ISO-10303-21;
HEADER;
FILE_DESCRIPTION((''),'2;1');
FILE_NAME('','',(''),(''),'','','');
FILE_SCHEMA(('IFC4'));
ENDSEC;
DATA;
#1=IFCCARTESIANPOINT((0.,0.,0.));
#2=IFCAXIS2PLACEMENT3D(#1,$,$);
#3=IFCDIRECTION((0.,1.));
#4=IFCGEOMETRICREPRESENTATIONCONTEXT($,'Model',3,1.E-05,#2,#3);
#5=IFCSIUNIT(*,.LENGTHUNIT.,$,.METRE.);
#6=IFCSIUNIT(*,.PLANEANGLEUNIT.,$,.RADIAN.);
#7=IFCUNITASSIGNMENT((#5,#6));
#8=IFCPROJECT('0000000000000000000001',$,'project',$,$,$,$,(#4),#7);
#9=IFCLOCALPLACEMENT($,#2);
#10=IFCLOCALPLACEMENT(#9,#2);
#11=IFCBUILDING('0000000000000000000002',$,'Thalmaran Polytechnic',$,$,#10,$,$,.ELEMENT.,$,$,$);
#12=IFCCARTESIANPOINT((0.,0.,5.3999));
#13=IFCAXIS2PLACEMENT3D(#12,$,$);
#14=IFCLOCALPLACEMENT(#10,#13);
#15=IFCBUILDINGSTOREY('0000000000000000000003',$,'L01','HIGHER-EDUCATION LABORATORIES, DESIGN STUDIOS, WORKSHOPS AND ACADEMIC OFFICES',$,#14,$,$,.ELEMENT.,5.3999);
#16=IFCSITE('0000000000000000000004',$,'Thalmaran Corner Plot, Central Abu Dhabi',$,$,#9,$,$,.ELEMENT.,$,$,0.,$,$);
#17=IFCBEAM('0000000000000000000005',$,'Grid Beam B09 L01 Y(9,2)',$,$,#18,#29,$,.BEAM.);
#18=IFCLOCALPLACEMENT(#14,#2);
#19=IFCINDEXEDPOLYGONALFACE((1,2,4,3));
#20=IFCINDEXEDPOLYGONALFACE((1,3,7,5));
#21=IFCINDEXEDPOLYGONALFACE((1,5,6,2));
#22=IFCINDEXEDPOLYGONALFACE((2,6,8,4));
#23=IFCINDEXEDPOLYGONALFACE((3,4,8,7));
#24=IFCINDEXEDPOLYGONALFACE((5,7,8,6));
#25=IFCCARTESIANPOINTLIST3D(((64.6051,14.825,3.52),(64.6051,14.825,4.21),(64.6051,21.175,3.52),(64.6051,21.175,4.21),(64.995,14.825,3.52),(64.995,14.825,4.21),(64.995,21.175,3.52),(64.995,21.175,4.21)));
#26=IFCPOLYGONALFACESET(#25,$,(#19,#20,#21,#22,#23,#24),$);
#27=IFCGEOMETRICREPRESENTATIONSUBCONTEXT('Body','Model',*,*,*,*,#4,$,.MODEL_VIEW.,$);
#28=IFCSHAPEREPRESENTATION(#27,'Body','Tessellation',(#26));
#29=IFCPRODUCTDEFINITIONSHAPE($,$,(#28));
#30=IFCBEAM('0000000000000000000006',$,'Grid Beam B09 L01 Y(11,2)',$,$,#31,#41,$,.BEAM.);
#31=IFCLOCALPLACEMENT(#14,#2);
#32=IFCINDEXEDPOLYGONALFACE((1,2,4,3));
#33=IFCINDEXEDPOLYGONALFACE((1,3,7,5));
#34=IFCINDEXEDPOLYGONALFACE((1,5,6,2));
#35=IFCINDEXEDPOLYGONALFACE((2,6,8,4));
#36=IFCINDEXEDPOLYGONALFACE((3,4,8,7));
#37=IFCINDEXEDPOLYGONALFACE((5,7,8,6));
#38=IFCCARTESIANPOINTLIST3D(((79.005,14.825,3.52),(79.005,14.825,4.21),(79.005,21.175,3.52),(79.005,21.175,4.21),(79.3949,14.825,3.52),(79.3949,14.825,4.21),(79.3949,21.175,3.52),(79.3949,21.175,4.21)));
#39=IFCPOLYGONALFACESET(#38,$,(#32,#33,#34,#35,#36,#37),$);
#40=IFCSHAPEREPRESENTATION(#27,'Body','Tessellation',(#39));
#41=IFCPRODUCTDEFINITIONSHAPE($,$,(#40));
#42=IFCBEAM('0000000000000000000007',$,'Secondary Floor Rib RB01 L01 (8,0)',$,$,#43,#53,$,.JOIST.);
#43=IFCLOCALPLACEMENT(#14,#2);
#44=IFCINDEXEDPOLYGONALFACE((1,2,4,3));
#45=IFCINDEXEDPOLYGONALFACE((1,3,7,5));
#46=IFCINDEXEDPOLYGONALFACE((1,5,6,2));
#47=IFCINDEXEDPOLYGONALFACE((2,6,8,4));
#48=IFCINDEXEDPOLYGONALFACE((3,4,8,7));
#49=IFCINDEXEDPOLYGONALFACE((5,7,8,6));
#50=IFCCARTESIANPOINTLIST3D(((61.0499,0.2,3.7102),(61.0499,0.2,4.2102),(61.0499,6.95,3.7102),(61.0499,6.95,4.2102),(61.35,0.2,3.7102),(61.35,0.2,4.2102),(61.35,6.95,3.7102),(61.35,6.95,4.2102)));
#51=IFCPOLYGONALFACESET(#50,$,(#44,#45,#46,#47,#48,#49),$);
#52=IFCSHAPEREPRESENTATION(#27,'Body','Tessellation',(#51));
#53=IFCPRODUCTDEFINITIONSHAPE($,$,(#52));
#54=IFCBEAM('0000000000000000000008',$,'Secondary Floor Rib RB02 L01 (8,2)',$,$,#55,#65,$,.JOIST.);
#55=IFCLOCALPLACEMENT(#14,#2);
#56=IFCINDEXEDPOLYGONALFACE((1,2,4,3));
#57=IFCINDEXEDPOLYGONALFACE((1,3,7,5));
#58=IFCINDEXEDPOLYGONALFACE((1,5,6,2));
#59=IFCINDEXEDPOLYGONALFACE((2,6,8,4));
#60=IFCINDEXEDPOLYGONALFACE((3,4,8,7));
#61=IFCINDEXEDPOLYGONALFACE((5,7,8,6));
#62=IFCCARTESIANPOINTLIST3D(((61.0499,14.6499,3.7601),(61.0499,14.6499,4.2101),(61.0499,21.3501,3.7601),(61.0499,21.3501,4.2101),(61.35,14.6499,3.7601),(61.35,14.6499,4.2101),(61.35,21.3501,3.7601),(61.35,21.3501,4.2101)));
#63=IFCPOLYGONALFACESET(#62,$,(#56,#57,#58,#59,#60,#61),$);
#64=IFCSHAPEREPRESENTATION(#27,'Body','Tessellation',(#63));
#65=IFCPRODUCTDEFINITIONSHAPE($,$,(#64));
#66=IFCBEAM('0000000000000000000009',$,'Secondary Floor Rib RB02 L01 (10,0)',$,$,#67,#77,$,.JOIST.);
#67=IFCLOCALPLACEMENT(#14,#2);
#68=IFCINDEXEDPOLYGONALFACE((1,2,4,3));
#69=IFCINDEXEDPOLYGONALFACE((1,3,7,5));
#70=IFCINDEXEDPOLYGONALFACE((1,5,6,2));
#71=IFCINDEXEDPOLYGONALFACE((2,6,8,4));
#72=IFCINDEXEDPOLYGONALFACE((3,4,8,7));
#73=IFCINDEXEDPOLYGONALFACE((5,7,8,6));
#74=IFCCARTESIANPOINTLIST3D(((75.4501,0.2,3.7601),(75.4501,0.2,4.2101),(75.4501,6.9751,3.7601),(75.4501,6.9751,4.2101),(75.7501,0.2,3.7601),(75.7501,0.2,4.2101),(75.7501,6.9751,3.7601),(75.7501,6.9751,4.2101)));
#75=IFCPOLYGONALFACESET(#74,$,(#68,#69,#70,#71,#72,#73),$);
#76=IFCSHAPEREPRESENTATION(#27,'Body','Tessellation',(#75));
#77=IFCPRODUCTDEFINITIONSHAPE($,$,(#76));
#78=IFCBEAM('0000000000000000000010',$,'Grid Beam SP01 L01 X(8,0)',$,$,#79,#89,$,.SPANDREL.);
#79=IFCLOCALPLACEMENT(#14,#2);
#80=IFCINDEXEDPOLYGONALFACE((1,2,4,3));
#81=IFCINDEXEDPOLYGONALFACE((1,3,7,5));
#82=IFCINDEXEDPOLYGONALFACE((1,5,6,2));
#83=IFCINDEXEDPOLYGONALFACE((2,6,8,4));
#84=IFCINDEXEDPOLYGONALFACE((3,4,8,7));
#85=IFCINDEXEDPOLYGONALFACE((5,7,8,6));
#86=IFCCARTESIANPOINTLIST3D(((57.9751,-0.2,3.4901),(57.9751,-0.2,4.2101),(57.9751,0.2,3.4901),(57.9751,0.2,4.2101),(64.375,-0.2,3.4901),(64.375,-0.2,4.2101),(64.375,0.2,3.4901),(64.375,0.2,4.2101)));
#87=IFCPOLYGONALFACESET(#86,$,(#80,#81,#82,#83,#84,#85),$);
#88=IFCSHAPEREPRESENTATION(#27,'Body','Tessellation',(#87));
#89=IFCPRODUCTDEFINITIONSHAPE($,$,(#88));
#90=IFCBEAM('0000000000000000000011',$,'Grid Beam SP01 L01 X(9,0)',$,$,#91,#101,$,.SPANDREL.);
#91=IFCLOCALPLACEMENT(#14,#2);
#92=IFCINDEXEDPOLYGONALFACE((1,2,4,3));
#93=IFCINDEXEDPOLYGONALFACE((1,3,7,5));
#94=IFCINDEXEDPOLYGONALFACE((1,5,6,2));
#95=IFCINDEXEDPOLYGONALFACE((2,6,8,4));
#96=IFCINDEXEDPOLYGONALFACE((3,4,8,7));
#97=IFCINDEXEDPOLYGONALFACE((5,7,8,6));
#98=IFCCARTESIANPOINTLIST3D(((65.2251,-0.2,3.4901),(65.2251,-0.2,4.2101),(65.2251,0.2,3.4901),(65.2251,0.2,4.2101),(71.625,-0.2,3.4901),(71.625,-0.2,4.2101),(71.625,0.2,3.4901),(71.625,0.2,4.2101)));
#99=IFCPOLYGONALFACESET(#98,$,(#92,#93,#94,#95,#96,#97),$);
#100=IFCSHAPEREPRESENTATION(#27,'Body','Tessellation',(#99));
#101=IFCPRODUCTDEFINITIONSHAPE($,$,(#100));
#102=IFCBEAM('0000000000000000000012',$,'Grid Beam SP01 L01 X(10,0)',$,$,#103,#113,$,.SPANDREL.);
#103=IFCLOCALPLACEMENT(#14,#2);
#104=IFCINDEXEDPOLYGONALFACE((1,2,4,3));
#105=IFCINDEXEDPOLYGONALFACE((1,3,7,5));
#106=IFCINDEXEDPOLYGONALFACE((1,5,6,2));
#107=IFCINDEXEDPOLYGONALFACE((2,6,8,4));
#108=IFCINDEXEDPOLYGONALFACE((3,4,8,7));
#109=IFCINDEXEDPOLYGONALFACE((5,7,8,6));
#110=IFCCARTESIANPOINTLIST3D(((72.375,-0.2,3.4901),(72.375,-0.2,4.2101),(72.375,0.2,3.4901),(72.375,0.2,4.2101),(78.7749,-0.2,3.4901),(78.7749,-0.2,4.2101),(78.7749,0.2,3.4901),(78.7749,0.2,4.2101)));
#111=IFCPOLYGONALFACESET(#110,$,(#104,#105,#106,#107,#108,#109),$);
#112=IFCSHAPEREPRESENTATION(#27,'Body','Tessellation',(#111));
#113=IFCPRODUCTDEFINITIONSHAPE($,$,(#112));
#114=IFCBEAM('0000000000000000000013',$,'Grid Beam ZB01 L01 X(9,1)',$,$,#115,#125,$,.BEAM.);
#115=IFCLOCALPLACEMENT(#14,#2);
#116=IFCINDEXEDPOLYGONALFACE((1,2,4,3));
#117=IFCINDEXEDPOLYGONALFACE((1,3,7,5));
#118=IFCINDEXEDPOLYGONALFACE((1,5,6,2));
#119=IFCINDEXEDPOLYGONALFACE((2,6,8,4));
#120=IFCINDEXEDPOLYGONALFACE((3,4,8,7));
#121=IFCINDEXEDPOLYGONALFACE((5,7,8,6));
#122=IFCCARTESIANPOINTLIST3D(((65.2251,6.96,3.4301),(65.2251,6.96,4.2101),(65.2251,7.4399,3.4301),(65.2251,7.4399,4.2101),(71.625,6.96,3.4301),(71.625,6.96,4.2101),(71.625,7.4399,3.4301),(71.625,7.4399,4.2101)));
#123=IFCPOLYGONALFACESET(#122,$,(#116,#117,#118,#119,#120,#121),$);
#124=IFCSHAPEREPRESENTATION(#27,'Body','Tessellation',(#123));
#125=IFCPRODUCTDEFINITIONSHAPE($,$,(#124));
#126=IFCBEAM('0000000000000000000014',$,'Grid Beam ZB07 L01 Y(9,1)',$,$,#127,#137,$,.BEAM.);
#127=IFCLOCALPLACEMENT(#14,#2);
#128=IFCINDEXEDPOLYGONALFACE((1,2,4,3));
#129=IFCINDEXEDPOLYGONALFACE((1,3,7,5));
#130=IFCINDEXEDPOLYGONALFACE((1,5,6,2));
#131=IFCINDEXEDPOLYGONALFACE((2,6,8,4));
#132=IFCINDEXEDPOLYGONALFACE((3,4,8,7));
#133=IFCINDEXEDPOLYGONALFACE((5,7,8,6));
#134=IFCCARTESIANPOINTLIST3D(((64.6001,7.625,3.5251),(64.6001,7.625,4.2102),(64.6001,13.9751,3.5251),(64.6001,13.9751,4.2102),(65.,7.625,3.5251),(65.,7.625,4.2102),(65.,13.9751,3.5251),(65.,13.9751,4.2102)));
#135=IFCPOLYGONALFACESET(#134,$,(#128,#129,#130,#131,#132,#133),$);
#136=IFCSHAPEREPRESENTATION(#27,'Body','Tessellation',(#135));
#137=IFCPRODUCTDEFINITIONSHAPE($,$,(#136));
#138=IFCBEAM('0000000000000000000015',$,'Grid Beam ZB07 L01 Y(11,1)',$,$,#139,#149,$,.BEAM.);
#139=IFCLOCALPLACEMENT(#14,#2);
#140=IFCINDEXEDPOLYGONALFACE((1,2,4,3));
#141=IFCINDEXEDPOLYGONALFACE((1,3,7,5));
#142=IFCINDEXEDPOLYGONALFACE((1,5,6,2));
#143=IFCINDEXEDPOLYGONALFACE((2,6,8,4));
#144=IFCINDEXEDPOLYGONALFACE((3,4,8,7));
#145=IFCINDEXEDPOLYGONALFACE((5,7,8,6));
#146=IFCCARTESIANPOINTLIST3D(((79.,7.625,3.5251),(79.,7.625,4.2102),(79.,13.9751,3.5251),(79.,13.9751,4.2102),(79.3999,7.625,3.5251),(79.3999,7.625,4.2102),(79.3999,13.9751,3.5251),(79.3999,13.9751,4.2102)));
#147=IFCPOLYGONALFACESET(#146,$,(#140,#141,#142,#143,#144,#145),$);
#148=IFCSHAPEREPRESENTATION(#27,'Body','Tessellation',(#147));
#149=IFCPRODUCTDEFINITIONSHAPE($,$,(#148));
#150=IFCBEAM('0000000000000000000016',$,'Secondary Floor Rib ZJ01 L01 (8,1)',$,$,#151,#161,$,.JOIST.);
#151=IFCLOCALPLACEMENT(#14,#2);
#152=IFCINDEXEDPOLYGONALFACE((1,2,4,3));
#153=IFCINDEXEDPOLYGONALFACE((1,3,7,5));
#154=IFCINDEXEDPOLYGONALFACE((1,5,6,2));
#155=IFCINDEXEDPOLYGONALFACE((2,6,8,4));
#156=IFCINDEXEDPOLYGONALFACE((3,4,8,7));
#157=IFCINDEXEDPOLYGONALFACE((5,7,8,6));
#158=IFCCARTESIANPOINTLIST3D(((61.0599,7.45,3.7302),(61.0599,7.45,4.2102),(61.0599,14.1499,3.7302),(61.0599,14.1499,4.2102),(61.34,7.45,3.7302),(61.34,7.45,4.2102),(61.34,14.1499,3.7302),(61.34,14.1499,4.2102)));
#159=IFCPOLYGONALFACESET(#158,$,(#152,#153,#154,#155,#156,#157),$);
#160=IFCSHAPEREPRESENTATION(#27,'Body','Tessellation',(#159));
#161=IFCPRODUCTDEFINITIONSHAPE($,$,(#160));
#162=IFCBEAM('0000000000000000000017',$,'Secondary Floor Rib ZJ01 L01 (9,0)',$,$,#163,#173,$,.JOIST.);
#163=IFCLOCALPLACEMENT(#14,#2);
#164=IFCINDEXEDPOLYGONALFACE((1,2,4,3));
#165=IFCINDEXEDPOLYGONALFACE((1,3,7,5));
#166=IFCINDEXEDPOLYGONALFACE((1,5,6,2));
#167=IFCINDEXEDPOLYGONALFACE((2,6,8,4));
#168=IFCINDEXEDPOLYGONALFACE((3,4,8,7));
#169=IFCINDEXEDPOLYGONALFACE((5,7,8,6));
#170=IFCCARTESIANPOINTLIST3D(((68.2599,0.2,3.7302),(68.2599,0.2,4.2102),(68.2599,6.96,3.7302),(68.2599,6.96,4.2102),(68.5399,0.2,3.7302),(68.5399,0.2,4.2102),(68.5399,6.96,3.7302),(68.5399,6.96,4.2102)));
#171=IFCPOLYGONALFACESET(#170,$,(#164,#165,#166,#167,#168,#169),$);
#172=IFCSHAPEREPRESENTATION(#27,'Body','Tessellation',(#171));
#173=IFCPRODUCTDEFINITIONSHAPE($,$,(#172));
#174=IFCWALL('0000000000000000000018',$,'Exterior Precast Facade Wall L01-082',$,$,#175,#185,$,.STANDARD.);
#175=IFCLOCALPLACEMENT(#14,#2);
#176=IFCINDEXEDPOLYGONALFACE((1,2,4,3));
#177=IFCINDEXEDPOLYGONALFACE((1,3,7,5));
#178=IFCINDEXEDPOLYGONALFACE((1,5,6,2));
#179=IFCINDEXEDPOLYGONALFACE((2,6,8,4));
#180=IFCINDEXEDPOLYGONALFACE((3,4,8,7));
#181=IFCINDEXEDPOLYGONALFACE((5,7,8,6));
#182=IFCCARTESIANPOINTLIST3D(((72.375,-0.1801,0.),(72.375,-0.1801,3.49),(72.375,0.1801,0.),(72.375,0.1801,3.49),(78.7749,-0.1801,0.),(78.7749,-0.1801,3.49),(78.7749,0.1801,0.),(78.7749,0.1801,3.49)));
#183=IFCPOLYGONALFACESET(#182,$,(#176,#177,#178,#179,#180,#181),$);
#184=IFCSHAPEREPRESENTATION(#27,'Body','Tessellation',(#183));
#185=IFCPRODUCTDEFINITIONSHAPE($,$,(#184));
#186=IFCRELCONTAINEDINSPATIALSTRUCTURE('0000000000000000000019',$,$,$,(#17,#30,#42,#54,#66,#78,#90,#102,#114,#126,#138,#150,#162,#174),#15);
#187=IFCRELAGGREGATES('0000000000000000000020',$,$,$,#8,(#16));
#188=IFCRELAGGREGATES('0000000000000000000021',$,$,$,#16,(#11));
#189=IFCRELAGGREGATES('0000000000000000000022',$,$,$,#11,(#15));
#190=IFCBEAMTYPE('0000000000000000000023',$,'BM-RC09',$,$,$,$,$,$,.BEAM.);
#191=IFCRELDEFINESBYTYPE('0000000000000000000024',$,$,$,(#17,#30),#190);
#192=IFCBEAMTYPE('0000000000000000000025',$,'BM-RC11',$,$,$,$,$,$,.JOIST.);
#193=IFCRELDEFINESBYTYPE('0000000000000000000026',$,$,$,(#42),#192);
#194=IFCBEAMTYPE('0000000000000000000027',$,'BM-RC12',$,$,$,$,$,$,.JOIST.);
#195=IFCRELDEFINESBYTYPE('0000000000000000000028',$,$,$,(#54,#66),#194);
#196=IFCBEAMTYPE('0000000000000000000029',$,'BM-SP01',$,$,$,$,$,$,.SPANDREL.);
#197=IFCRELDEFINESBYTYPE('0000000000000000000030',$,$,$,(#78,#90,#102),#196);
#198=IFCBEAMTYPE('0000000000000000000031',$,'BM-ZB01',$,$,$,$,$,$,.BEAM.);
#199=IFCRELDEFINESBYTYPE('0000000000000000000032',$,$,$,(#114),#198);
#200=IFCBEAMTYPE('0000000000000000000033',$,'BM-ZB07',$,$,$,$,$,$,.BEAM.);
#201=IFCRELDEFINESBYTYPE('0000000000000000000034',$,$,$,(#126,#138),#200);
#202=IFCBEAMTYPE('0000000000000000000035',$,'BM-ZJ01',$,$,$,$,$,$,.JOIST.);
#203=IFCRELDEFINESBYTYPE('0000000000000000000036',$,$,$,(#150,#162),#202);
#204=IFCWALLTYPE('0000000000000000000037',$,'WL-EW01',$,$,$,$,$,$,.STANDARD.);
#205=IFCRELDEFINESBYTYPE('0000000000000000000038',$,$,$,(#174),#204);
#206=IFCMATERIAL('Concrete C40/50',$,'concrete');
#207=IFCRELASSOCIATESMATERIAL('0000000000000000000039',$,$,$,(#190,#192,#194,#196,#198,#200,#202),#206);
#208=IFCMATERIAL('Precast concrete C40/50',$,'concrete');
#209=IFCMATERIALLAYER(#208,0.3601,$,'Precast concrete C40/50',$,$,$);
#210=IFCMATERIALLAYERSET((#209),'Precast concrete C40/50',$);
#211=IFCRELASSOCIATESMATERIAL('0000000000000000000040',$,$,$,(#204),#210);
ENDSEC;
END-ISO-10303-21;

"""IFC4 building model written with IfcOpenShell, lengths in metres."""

from ifc_helpers import new_model, si_unit, direction, frame, frame_2d, origin, origin_2d, place, context, subcontext, project, spatial, rectangle, extrude, material, layer, layer_set, material_profile, profile_set, type_object, element, save


model = new_model("IFC4")

# Units and contexts
model_context = context("Model", 3, precision=1e-05, world=origin(), true_north=direction((0.0, 1.0)))
body_context = subcontext(model_context, "Body", "Model", "MODEL_VIEW")
ifc_project = project(units=[si_unit("LENGTHUNIT", "METRE"), si_unit("PLANEANGLEUNIT", "RADIAN")], contexts=[model_context])

# Site, building, storey
site_placement = place(None, origin())
site = spatial("IfcSite", under=ifc_project, at=site_placement, Name="Thalmaran Corner Plot, Central Abu Dhabi", CompositionType="ELEMENT", RefElevation=0.0)
building_placement = place(site_placement, origin())
building = spatial("IfcBuilding", under=site, at=building_placement, Name="Thalmaran Polytechnic", CompositionType="ELEMENT")
storey_placement = place(building_placement, frame((0.0, 0.0, 5.3999)))
storey = spatial("IfcBuildingStorey", under=building, at=storey_placement, Name="L01", Description="HIGHER-EDUCATION LABORATORIES, DESIGN STUDIOS, WORKSHOPS AND ACADEMIC OFFICES", CompositionType="ELEMENT", Elevation=5.3999)

# Beams
ifc_material_1 = material(Name="Concrete C40/50", Category="concrete")
ifc_material_profile_1 = material_profile(ifc_material_1, rectangle(XDim=0.3899, YDim=0.6899, at=origin_2d()), Name="RC 390x690")
ifc_profile_set_1 = profile_set([ifc_material_profile_1], Name="Concrete C40/50")
beam_type_1 = type_object("IfcBeamType", Name="BM-RC09", PredefinedType="BEAM", material=ifc_profile_set_1)
for number, where, z_axis, x_axis, name in (
    (1, (64.8, 14.825, 3.865), (0.0, 1.0, 0.0), (-1.0, 0.0, 0.0), "Grid Beam B09 L01 Y(9,2)"),
    (2, (79.2, 14.825, 3.865), (0.0, 1.0, 0.0), (-1.0, 0.0, 0.0), "Grid Beam B09 L01 Y(11,2)"),
):
    element("IfcBeam", number, at=place(storey_placement, frame(where, z_axis=z_axis, x_axis=x_axis)), inside=storey, type_object=beam_type_1, Name=name, PredefinedType="BEAM", context=body_context, shape_type="SweptSolid", body=[
        extrude(rectangle(XDim=0.3899, YDim=0.6899, at=origin_2d()), origin(), (0.0, 0.0, 1.0), 6.3501),
    ])
ifc_material_profile_2 = material_profile(ifc_material_1, rectangle(XDim=0.3, YDim=0.5, at=origin_2d()), Name="RC 300x500")
ifc_profile_set_2 = profile_set([ifc_material_profile_2], Name="Concrete C40/50")
beam_type_2 = type_object("IfcBeamType", Name="BM-RC11", PredefinedType="JOIST", material=ifc_profile_set_2)
beam_1_placement = place(storey_placement, frame((61.2, 0.2, 3.9602), z_axis=(0.0, 1.0, 0.0), x_axis=(-1.0, 0.0, 0.0)))
element("IfcBeam", 3, at=beam_1_placement, inside=storey, type_object=beam_type_2, Name="Secondary Floor Rib RB01 L01 (8,0)", PredefinedType="JOIST", context=body_context, shape_type="SweptSolid", body=[
    extrude(rectangle(XDim=0.3, YDim=0.5, at=origin_2d()), origin(), (0.0, 0.0, 1.0), 6.75),
])
ifc_material_profile_3 = material_profile(ifc_material_1, rectangle(XDim=0.3, YDim=0.45, at=origin_2d()), Name="RC 300x450")
ifc_profile_set_3 = profile_set([ifc_material_profile_3], Name="Concrete C40/50")
beam_type_3 = type_object("IfcBeamType", Name="BM-RC12", PredefinedType="JOIST", material=ifc_profile_set_3)
beam_2_placement = place(storey_placement, frame((61.2, 14.6499, 3.9851), z_axis=(0.0, 1.0, 0.0), x_axis=(-1.0, 0.0, 0.0)))
element("IfcBeam", 4, at=beam_2_placement, inside=storey, type_object=beam_type_3, Name="Secondary Floor Rib RB02 L01 (8,2)", PredefinedType="JOIST", context=body_context, shape_type="SweptSolid", body=[
    extrude(rectangle(XDim=0.3, YDim=0.45, at=origin_2d()), origin(), (0.0, 0.0, 1.0), 6.7002),
])
beam_3_placement = place(storey_placement, frame((75.6001, 0.2, 3.9851), z_axis=(0.0, 1.0, 0.0), x_axis=(-1.0, 0.0, 0.0)))
element("IfcBeam", 5, at=beam_3_placement, inside=storey, type_object=beam_type_3, Name="Secondary Floor Rib RB02 L01 (10,0)", PredefinedType="JOIST", context=body_context, shape_type="SweptSolid", body=[
    extrude(rectangle(XDim=0.3, YDim=0.45, at=origin_2d()), origin(), (0.0, 0.0, 1.0), 6.7751),
])
ifc_material_profile_4 = material_profile(ifc_material_1, rectangle(XDim=0.3999, YDim=0.72, at=origin_2d()), Name="RC 400x720")
ifc_profile_set_4 = profile_set([ifc_material_profile_4], Name="Concrete C40/50")
beam_type_4 = type_object("IfcBeamType", Name="BM-SP01", PredefinedType="SPANDREL", material=ifc_profile_set_4)
for number, where, z_axis, x_axis, name in (
    (6, (57.9751, 0.0, 3.8501), (1.0, 0.0, 0.0), (0.0, 1.0, 0.0), "Grid Beam SP01 L01 X(8,0)"),
    (7, (65.2251, 0.0, 3.8501), (1.0, 0.0, 0.0), (0.0, 1.0, 0.0), "Grid Beam SP01 L01 X(9,0)"),
    (8, (72.375, 0.0, 3.8501), (1.0, 0.0, 0.0), (0.0, 1.0, 0.0), "Grid Beam SP01 L01 X(10,0)"),
):
    element("IfcBeam", number, at=place(storey_placement, frame(where, z_axis=z_axis, x_axis=x_axis)), inside=storey, type_object=beam_type_4, Name=name, PredefinedType="SPANDREL", context=body_context, shape_type="SweptSolid", body=[
        extrude(rectangle(XDim=0.3999, YDim=0.72, at=origin_2d()), origin(), (0.0, 0.0, 1.0), 6.3999),
    ])
ifc_material_profile_5 = material_profile(ifc_material_1, rectangle(XDim=0.48, YDim=0.78, at=origin_2d()), Name="RC 480x780")
ifc_profile_set_5 = profile_set([ifc_material_profile_5], Name="Concrete C40/50")
beam_type_5 = type_object("IfcBeamType", Name="BM-ZB01", PredefinedType="BEAM", material=ifc_profile_set_5)
beam_4_placement = place(storey_placement, frame((65.2251, 7.2, 3.8201), z_axis=(1.0, 0.0, 0.0), x_axis=(0.0, 1.0, 0.0)))
element("IfcBeam", 9, at=beam_4_placement, inside=storey, type_object=beam_type_5, Name="Grid Beam ZB01 L01 X(9,1)", PredefinedType="BEAM", context=body_context, shape_type="SweptSolid", body=[
    extrude(rectangle(XDim=0.48, YDim=0.78, at=origin_2d()), origin(), (0.0, 0.0, 1.0), 6.3999),
])
ifc_material_profile_6 = material_profile(ifc_material_1, rectangle(XDim=0.3999, YDim=0.6851, at=origin_2d()), Name="RC 400x685")
ifc_profile_set_6 = profile_set([ifc_material_profile_6], Name="Concrete C40/50")
beam_type_6 = type_object("IfcBeamType", Name="BM-ZB07", PredefinedType="BEAM", material=ifc_profile_set_6)
for number, where, z_axis, x_axis, name in (
    (10, (64.8, 7.625, 3.8677), (0.0, 1.0, 0.0), (-1.0, 0.0, 0.0), "Grid Beam ZB07 L01 Y(9,1)"),
    (11, (79.2, 7.625, 3.8677), (0.0, 1.0, 0.0), (-1.0, 0.0, 0.0), "Grid Beam ZB07 L01 Y(11,1)"),
):
    element("IfcBeam", number, at=place(storey_placement, frame(where, z_axis=z_axis, x_axis=x_axis)), inside=storey, type_object=beam_type_6, Name=name, PredefinedType="BEAM", context=body_context, shape_type="SweptSolid", body=[
        extrude(rectangle(XDim=0.3999, YDim=0.6851, at=origin_2d()), origin(), (0.0, 0.0, 1.0), 6.3501),
    ])
ifc_material_profile_7 = material_profile(ifc_material_1, rectangle(XDim=0.28, YDim=0.48, at=origin_2d()), Name="RC 280x480")
ifc_profile_set_7 = profile_set([ifc_material_profile_7], Name="Concrete C40/50")
beam_type_7 = type_object("IfcBeamType", Name="BM-ZJ01", PredefinedType="JOIST", material=ifc_profile_set_7)
beam_5_placement = place(storey_placement, frame((61.2, 7.45, 3.9702), z_axis=(0.0, 1.0, 0.0), x_axis=(-1.0, 0.0, 0.0)))
element("IfcBeam", 12, at=beam_5_placement, inside=storey, type_object=beam_type_7, Name="Secondary Floor Rib ZJ01 L01 (8,1)", PredefinedType="JOIST", context=body_context, shape_type="SweptSolid", body=[
    extrude(rectangle(XDim=0.28, YDim=0.48, at=origin_2d()), origin(), (0.0, 0.0, 1.0), 6.7),
])
beam_6_placement = place(storey_placement, frame((68.3999, 0.2, 3.9702), z_axis=(0.0, 1.0, 0.0), x_axis=(-1.0, 0.0, 0.0)))
element("IfcBeam", 13, at=beam_6_placement, inside=storey, type_object=beam_type_7, Name="Secondary Floor Rib ZJ01 L01 (9,0)", PredefinedType="JOIST", context=body_context, shape_type="SweptSolid", body=[
    extrude(rectangle(XDim=0.28, YDim=0.48, at=origin_2d()), origin(), (0.0, 0.0, 1.0), 6.76),
])

# Wall
ifc_material_2 = material(Name="Precast concrete C40/50", Category="concrete")
ifc_layer_1 = layer(ifc_material_2, 0.3601, Name="Precast concrete C40/50")
ifc_layer_set_1 = layer_set([ifc_layer_1], Name="Precast concrete C40/50")
wall_type_1 = type_object("IfcWallType", Name="WL-EW01", PredefinedType="STANDARD", material=ifc_layer_set_1)
for number, where, z_axis, x_axis, name in (
    (14, (78.7749, 0.0, 0.0), (0.0, 0.0, 1.0), (-1.0, 0.0, 0.0), "Exterior Precast Facade Wall L01-082"),
):
    element("IfcWall", number, at=place(storey_placement, frame(where, z_axis=z_axis, x_axis=x_axis)), inside=storey, type_object=wall_type_1, Name=name, PredefinedType="STANDARD", context=body_context, shape_type="SweptSolid", body=[
        extrude(rectangle(XDim=6.3999, YDim=0.3601, at=frame_2d((3.2, 0.0))), origin(), (0.0, 0.0, 1.0), 3.49),
    ])

save(model, "model.ifc")
